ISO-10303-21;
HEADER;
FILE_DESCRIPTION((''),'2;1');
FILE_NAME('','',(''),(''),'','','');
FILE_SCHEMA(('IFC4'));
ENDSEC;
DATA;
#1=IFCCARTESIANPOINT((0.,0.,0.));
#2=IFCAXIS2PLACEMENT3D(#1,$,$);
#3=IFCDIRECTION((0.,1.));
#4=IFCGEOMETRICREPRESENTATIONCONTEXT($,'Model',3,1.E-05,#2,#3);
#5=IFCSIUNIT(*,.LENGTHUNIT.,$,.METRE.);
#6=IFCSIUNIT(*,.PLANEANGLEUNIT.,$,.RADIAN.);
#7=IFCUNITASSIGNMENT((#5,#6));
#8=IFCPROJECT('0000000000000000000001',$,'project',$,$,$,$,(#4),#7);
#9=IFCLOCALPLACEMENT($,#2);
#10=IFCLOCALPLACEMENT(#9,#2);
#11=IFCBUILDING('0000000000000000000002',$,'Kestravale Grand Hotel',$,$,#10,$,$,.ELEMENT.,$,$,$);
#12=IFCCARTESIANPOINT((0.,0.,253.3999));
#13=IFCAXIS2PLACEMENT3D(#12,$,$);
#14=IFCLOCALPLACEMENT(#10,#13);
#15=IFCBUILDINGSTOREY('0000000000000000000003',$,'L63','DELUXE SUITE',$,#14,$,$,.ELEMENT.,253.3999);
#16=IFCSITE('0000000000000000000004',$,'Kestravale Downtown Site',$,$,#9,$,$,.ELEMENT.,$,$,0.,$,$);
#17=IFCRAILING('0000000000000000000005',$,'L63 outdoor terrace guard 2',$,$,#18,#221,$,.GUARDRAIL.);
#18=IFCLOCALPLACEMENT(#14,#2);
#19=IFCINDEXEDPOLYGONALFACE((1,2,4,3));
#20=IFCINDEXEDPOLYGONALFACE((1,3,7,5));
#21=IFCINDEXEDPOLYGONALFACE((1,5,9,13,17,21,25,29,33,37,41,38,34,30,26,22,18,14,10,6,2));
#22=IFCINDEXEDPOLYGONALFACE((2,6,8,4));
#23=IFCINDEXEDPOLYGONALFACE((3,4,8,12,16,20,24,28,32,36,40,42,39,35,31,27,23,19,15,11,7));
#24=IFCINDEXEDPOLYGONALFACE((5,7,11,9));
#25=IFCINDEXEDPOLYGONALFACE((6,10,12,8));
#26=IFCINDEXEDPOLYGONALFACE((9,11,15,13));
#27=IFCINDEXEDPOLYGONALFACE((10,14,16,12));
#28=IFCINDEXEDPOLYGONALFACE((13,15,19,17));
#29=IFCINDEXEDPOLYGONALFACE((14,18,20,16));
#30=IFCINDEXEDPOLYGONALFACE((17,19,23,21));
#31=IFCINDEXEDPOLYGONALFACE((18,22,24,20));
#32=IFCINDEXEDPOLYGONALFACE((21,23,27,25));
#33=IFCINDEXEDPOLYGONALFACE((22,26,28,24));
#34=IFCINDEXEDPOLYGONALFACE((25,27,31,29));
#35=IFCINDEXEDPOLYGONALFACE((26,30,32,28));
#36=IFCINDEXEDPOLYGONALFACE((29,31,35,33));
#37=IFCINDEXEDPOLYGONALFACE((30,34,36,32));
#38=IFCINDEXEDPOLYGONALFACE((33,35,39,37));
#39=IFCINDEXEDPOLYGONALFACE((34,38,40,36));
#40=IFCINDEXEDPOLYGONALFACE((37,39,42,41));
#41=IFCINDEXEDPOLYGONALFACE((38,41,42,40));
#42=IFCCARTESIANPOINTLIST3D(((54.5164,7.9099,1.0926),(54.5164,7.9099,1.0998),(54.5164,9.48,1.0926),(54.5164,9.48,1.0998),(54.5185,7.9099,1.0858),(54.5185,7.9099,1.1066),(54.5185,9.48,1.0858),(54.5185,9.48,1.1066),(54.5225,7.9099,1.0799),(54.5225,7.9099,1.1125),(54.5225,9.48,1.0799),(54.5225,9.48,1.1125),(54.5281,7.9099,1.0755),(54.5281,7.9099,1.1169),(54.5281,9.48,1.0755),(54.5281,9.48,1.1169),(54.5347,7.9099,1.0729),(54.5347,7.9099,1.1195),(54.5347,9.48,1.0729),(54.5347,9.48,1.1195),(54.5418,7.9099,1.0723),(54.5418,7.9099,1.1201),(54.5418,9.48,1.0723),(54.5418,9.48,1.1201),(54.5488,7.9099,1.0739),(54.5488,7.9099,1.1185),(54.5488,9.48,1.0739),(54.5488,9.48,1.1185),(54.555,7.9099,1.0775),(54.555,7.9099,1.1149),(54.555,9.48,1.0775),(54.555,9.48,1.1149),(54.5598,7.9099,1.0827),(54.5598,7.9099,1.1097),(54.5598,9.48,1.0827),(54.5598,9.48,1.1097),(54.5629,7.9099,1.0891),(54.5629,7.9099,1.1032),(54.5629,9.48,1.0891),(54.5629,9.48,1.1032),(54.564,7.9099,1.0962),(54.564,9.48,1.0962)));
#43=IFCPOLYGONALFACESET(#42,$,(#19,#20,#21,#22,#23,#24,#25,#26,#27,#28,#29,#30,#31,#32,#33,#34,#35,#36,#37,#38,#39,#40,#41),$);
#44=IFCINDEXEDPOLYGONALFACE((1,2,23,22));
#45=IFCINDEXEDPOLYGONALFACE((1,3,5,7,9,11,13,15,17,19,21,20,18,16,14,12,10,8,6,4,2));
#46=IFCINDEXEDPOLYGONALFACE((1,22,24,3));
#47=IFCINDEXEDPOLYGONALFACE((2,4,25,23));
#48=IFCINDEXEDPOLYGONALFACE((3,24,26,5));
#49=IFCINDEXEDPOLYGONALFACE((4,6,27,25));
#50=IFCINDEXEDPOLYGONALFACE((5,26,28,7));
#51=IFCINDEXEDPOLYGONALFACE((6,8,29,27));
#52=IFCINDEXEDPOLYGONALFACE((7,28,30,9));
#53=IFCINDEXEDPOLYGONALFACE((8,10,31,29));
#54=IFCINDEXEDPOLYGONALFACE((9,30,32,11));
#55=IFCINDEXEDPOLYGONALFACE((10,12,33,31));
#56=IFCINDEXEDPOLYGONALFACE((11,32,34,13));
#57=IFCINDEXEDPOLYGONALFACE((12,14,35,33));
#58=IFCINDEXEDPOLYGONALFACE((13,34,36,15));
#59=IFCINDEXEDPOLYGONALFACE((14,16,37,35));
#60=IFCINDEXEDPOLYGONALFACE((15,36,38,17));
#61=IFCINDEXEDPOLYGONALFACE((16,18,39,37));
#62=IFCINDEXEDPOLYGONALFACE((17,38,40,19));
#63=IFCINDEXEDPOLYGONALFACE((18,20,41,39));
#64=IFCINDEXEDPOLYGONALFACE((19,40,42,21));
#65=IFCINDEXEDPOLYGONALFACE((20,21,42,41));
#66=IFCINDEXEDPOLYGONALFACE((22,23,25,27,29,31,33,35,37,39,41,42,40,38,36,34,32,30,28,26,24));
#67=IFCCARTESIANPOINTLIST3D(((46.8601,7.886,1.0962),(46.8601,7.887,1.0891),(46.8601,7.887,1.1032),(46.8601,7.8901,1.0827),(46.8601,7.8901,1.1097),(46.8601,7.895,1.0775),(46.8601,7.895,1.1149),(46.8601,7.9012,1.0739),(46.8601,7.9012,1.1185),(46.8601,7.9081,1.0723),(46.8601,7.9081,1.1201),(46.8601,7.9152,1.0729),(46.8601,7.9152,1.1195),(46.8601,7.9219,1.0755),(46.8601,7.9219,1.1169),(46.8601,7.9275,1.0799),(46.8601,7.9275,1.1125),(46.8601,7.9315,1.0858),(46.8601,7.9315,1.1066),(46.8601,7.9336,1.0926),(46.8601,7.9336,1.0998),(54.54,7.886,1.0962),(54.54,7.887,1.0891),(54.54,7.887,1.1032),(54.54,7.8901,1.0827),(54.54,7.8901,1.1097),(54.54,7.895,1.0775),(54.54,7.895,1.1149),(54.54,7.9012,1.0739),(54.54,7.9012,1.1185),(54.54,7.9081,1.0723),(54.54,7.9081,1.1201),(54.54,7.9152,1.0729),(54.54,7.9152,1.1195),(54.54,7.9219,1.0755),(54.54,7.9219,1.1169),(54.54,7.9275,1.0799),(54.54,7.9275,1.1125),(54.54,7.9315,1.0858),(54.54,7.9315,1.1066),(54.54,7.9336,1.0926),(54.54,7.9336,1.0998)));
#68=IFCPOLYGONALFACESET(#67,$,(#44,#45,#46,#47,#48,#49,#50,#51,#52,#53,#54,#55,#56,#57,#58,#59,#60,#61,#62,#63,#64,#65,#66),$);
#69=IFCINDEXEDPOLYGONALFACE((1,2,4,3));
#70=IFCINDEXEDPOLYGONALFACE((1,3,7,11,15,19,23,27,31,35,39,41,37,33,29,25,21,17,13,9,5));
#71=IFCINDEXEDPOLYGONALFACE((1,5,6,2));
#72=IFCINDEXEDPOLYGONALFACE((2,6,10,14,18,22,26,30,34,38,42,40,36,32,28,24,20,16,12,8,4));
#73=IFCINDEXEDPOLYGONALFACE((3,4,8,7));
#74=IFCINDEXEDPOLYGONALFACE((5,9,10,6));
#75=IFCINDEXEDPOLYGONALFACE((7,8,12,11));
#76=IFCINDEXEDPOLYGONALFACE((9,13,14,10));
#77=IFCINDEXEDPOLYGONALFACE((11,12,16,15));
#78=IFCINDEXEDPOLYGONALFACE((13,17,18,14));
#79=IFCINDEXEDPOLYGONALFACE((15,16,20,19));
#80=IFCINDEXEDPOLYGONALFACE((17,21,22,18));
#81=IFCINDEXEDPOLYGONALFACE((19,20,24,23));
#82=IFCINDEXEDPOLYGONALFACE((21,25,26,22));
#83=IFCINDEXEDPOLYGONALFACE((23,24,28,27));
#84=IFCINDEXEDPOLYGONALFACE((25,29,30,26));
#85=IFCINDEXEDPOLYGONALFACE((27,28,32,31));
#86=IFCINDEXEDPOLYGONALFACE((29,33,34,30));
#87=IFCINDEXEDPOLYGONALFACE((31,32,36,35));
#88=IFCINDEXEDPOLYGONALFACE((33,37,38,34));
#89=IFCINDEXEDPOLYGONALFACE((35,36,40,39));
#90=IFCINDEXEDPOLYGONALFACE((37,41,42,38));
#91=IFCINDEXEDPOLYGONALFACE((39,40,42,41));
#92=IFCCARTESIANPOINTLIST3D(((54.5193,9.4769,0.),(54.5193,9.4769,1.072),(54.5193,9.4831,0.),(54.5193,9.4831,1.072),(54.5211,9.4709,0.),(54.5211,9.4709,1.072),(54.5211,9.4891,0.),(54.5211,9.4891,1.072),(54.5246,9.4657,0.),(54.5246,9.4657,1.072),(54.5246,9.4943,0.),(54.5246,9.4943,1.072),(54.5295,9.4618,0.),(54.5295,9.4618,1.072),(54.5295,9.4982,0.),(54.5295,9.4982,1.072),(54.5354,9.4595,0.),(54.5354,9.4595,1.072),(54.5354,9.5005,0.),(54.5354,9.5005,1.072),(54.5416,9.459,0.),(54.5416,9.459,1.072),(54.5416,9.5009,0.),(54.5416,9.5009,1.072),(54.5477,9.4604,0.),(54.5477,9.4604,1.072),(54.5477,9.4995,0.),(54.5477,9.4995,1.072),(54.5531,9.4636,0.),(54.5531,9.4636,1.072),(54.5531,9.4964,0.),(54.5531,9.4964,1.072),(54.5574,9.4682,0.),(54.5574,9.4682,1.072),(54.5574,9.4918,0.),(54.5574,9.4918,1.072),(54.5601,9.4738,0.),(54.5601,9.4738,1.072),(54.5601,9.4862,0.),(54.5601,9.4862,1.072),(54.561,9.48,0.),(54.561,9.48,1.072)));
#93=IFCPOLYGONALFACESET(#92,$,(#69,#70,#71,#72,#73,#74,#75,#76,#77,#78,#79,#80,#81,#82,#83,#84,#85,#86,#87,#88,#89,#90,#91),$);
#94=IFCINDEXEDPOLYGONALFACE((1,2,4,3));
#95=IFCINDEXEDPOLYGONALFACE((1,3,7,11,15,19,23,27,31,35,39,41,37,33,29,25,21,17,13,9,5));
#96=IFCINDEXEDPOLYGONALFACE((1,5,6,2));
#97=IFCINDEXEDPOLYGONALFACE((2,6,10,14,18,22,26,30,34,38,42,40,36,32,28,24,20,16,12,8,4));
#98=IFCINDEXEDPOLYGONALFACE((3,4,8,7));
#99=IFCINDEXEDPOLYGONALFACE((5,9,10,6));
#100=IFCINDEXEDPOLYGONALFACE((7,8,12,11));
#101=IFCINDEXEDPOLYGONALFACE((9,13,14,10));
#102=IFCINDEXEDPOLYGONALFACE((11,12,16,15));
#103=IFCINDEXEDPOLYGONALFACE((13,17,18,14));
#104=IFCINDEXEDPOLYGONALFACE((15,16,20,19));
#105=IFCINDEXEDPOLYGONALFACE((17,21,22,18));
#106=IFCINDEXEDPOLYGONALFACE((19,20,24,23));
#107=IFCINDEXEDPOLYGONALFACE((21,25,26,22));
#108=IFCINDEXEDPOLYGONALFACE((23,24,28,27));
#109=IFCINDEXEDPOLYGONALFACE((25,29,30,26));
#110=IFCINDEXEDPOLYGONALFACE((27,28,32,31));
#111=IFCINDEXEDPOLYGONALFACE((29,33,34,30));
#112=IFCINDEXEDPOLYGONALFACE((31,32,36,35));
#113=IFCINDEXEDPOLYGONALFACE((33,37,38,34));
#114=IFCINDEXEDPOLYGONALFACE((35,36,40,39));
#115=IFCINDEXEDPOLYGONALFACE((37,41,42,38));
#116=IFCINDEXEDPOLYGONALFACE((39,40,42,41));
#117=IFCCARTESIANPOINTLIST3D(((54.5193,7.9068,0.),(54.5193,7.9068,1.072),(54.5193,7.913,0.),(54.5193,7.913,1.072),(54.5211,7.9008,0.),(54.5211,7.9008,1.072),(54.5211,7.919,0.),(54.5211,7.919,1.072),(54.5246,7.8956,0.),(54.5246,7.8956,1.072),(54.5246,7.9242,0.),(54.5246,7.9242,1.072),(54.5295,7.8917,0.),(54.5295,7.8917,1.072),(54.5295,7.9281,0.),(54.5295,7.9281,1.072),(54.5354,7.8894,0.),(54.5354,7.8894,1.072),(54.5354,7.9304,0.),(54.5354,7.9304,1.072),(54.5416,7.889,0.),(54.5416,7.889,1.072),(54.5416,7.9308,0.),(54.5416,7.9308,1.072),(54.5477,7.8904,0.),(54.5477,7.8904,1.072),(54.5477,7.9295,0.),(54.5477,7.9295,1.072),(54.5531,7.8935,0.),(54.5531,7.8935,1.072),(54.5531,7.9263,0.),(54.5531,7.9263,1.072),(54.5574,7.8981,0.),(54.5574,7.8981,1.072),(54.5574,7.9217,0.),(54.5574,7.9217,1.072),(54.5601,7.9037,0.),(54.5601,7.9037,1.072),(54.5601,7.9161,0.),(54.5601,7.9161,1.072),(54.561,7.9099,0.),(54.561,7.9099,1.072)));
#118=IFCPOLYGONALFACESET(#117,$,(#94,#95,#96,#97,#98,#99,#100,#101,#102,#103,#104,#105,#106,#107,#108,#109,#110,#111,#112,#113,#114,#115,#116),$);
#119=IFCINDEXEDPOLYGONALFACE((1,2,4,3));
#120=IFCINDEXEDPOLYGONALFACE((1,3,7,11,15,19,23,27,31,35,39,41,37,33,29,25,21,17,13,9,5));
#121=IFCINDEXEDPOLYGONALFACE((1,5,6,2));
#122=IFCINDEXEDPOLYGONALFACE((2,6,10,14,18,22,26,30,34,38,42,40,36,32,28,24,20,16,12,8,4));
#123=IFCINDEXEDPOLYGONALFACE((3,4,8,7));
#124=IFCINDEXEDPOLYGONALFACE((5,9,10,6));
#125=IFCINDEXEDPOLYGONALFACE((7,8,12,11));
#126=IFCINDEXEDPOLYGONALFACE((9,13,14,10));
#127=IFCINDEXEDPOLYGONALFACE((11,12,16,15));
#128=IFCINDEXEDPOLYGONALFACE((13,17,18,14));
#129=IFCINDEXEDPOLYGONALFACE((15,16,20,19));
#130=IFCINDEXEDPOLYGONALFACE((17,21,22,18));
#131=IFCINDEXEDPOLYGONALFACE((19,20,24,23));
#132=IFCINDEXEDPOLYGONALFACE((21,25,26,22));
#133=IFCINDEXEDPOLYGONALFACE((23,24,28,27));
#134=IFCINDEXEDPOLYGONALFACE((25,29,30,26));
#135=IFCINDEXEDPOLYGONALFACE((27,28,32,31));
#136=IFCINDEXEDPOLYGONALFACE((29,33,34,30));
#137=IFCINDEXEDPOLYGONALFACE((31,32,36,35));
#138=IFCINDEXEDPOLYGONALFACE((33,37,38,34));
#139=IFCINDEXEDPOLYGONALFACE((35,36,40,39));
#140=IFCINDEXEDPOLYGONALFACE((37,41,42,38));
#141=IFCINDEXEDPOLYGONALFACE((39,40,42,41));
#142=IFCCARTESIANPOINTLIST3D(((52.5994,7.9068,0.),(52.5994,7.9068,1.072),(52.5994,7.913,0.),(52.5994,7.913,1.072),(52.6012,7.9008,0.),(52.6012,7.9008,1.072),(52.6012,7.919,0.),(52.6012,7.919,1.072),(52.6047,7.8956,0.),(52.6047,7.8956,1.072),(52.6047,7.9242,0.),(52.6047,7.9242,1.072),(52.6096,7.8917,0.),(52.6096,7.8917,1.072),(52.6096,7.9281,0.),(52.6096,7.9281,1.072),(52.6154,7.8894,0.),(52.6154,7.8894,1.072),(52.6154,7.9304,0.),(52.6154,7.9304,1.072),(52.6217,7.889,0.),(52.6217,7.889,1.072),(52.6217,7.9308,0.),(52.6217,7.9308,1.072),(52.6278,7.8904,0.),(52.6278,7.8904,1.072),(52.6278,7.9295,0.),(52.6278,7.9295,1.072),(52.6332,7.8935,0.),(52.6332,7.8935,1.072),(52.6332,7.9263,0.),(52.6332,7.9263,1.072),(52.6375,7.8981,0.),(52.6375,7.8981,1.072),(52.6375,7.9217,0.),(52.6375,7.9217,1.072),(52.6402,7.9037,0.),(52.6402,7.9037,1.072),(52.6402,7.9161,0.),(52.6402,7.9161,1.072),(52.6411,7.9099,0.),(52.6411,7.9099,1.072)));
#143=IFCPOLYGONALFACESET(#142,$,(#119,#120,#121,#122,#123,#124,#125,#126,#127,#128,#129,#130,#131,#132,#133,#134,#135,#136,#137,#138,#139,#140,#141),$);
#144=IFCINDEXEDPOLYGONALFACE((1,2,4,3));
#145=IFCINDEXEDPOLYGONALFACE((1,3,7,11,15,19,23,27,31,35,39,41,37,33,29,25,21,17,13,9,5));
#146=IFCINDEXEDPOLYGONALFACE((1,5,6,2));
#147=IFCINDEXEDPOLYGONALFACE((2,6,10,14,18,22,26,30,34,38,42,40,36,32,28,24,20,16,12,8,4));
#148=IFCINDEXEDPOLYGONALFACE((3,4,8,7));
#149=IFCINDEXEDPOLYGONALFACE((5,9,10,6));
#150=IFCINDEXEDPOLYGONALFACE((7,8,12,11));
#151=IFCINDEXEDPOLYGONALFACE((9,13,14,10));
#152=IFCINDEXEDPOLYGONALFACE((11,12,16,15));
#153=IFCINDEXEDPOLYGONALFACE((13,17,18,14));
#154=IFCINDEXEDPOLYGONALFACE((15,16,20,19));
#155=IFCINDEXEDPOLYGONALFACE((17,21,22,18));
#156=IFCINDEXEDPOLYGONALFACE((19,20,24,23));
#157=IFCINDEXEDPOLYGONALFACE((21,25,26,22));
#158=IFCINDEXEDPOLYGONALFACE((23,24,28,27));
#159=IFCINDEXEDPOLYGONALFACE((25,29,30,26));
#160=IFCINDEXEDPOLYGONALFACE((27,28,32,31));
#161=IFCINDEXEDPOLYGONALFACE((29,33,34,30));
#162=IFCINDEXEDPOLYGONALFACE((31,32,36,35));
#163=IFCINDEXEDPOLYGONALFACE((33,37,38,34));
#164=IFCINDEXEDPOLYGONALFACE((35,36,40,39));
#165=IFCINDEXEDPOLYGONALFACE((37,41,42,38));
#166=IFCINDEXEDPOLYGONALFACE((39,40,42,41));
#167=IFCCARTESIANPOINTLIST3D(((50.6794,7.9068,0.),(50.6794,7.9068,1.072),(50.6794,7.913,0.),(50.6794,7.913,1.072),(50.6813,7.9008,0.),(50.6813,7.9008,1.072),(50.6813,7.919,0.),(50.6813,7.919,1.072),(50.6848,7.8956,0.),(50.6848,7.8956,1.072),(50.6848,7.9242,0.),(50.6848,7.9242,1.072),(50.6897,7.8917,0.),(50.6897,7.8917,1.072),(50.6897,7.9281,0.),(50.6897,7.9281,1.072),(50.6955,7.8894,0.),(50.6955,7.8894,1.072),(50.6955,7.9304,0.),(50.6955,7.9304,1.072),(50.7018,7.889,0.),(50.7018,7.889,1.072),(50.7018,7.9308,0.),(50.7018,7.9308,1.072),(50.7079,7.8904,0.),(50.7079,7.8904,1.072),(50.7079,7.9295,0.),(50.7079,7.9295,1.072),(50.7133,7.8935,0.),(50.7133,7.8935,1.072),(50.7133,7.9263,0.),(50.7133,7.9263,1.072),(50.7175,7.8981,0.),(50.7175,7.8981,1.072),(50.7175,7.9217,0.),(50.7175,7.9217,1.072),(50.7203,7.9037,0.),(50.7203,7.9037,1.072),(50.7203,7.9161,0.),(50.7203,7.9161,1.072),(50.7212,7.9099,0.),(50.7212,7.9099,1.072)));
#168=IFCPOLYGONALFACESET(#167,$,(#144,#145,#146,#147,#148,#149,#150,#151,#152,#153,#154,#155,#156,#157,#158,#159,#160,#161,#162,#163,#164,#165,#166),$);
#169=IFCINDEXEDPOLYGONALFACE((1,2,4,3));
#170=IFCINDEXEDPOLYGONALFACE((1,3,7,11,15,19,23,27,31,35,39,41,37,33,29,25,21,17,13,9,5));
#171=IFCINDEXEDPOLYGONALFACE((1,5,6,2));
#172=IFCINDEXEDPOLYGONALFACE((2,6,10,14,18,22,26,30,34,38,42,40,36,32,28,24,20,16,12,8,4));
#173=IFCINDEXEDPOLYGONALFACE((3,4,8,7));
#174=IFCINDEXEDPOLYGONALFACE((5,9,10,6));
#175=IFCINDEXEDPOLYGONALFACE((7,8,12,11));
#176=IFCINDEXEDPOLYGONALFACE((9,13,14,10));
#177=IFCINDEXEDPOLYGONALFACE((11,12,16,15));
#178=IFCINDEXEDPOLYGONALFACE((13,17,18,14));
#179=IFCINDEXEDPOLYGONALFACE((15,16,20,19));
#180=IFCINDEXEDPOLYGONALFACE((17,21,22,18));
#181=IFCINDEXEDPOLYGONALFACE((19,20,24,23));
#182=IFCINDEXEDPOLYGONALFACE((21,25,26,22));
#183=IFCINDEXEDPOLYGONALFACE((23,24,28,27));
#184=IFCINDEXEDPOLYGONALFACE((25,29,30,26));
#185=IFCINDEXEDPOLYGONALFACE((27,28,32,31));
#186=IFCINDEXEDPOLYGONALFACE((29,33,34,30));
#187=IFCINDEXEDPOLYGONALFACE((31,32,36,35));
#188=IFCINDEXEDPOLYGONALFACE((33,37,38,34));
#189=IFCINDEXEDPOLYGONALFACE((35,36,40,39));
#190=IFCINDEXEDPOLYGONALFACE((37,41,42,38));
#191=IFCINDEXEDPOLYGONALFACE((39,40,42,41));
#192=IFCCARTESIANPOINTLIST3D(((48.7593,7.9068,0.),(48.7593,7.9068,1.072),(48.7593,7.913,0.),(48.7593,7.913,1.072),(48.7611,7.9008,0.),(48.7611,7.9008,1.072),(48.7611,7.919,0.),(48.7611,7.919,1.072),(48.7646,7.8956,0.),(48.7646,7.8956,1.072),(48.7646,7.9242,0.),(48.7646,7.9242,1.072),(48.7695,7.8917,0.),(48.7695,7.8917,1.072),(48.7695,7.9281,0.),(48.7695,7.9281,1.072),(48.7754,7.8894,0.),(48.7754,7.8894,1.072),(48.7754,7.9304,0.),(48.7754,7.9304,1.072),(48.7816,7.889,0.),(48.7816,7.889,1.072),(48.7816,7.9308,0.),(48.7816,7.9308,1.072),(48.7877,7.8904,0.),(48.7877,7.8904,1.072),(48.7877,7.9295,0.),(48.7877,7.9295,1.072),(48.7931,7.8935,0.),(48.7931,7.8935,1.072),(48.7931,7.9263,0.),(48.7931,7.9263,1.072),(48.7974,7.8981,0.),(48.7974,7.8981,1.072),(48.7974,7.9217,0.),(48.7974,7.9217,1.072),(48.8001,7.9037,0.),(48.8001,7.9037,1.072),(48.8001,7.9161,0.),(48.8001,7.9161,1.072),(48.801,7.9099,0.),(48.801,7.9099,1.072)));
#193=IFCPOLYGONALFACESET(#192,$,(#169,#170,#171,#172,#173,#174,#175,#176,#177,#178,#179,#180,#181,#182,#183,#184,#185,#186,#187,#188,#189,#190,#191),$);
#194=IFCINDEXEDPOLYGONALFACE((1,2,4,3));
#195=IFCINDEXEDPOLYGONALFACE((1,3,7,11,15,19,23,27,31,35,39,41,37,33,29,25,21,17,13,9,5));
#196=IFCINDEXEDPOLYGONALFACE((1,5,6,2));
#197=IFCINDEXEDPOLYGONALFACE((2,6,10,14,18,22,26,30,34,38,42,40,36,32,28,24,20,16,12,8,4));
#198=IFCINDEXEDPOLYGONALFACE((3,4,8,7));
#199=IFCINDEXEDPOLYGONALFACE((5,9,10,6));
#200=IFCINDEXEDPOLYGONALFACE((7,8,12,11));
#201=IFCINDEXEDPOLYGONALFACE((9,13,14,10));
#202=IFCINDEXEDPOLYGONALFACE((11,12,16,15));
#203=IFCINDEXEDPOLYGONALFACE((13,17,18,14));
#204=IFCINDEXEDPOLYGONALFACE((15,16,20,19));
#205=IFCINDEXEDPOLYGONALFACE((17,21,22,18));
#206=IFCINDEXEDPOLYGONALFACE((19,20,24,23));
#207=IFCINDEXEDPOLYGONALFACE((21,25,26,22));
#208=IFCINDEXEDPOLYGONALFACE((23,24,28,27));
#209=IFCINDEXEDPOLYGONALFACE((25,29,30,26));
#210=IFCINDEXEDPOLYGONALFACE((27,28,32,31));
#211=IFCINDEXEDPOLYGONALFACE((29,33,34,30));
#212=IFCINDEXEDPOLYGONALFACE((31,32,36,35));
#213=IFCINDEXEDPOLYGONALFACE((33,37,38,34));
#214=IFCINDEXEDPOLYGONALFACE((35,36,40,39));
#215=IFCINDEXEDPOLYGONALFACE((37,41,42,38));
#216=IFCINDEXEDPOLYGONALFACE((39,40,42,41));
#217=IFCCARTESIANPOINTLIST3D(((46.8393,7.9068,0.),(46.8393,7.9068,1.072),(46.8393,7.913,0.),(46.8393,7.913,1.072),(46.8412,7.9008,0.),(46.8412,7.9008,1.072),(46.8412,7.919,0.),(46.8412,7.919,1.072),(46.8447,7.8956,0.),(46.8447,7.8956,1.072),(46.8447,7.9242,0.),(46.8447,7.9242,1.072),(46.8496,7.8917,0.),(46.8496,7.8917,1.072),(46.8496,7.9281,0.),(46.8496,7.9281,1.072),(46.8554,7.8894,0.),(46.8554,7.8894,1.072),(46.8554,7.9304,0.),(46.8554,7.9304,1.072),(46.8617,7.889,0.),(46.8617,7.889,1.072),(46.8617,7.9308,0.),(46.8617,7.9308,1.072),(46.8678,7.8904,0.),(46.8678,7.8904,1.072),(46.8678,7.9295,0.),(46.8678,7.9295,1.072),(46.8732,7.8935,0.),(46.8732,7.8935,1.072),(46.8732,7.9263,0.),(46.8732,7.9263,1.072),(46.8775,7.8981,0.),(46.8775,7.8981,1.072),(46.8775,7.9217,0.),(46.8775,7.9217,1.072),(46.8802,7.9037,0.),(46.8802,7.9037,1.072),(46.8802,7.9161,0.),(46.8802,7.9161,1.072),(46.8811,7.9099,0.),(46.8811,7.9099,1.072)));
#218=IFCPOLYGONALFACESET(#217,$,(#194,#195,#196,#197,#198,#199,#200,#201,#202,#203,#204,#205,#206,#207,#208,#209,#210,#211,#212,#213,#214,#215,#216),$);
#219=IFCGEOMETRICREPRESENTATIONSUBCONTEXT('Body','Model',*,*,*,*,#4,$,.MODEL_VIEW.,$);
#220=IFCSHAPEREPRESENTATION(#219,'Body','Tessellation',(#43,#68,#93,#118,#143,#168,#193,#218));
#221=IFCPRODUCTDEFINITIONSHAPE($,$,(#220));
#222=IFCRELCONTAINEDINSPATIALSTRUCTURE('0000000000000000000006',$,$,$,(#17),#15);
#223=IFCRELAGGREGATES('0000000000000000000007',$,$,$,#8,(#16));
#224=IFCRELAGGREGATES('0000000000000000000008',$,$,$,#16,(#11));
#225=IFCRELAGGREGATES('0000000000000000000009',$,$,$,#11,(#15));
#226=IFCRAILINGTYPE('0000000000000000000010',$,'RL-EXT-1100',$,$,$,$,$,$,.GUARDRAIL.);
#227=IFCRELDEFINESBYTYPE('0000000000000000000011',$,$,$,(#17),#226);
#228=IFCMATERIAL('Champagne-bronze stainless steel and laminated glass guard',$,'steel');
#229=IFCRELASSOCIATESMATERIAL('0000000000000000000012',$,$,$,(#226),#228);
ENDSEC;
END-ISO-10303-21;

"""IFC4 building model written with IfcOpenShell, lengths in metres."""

from ifc_helpers import new_model, si_unit, direction, frame, origin, origin_2d, place, context, subcontext, project, spatial, circle, extrude, material, type_object, element, save


model = new_model("IFC4")

# Units and contexts
model_context = context("Model", 3, precision=1e-05, world=origin(), true_north=direction((0.0, 1.0)))
body_context = subcontext(model_context, "Body", "Model", "MODEL_VIEW")
ifc_project = project(units=[si_unit("LENGTHUNIT", "METRE"), si_unit("PLANEANGLEUNIT", "RADIAN")], contexts=[model_context])

# Site, building, storey
site_placement = place(None, origin())
site = spatial("IfcSite", under=ifc_project, at=site_placement, Name="Kestravale Downtown Site", CompositionType="ELEMENT", RefElevation=0.0)
building_placement = place(site_placement, origin())
building = spatial("IfcBuilding", under=site, at=building_placement, Name="Kestravale Grand Hotel", CompositionType="ELEMENT")
storey_placement = place(building_placement, frame((0.0, 0.0, 253.3999)))
storey = spatial("IfcBuildingStorey", under=building, at=storey_placement, Name="L63", Description="DELUXE SUITE", CompositionType="ELEMENT", Elevation=253.3999)

# Railing
ifc_material_1 = material(Name="Champagne-bronze stainless steel and laminated glass guard", Category="steel")
railing_type = type_object("IfcRailingType", Name="RL-EXT-1100", PredefinedType="GUARDRAIL", material=ifc_material_1)
railing_placement = place(storey_placement, frame((54.54, 9.48, 0.0)))
element("IfcRailing", 1, at=railing_placement, inside=storey, type_object=railing_type, Name="L63 outdoor terrace guard 2", PredefinedType="GUARDRAIL", context=body_context, shape_type="SweptSolid", body=[
    extrude(circle(Radius=0.0239, at=origin_2d()), frame((0.0, 0.0, 1.0962), z_axis=(0.0, -1.0, 0.0), x_axis=(1.0, 0.0, 0.0)), (0.0, 0.0, 1.0), 1.5701),
    extrude(circle(Radius=0.0239, at=origin_2d()), frame((0.0, -1.5701, 1.0962), z_axis=(-1.0, 0.0, 0.0), x_axis=(0.0, -1.0, 0.0)), (0.0, 0.0, 1.0), 7.6799),
    extrude(circle(Radius=0.021, at=origin_2d()), origin(), (0.0, 0.0, 1.0), 1.072),
    extrude(circle(Radius=0.021, at=origin_2d()), frame((0.0, -1.5701, 0.0)), (0.0, 0.0, 1.0), 1.072),
    extrude(circle(Radius=0.021, at=origin_2d()), frame((-1.9199, -1.5701, 0.0)), (0.0, 0.0, 1.0), 1.072),
    extrude(circle(Radius=0.021, at=origin_2d()), frame((-3.8398, -1.5701, 0.0)), (0.0, 0.0, 1.0), 1.072),
    extrude(circle(Radius=0.021, at=origin_2d()), frame((-5.76, -1.5701, 0.0)), (0.0, 0.0, 1.0), 1.072),
    extrude(circle(Radius=0.021, at=origin_2d()), frame((-7.6799, -1.5701, 0.0)), (0.0, 0.0, 1.0), 1.072),
])

save(model, "model.ifc")
